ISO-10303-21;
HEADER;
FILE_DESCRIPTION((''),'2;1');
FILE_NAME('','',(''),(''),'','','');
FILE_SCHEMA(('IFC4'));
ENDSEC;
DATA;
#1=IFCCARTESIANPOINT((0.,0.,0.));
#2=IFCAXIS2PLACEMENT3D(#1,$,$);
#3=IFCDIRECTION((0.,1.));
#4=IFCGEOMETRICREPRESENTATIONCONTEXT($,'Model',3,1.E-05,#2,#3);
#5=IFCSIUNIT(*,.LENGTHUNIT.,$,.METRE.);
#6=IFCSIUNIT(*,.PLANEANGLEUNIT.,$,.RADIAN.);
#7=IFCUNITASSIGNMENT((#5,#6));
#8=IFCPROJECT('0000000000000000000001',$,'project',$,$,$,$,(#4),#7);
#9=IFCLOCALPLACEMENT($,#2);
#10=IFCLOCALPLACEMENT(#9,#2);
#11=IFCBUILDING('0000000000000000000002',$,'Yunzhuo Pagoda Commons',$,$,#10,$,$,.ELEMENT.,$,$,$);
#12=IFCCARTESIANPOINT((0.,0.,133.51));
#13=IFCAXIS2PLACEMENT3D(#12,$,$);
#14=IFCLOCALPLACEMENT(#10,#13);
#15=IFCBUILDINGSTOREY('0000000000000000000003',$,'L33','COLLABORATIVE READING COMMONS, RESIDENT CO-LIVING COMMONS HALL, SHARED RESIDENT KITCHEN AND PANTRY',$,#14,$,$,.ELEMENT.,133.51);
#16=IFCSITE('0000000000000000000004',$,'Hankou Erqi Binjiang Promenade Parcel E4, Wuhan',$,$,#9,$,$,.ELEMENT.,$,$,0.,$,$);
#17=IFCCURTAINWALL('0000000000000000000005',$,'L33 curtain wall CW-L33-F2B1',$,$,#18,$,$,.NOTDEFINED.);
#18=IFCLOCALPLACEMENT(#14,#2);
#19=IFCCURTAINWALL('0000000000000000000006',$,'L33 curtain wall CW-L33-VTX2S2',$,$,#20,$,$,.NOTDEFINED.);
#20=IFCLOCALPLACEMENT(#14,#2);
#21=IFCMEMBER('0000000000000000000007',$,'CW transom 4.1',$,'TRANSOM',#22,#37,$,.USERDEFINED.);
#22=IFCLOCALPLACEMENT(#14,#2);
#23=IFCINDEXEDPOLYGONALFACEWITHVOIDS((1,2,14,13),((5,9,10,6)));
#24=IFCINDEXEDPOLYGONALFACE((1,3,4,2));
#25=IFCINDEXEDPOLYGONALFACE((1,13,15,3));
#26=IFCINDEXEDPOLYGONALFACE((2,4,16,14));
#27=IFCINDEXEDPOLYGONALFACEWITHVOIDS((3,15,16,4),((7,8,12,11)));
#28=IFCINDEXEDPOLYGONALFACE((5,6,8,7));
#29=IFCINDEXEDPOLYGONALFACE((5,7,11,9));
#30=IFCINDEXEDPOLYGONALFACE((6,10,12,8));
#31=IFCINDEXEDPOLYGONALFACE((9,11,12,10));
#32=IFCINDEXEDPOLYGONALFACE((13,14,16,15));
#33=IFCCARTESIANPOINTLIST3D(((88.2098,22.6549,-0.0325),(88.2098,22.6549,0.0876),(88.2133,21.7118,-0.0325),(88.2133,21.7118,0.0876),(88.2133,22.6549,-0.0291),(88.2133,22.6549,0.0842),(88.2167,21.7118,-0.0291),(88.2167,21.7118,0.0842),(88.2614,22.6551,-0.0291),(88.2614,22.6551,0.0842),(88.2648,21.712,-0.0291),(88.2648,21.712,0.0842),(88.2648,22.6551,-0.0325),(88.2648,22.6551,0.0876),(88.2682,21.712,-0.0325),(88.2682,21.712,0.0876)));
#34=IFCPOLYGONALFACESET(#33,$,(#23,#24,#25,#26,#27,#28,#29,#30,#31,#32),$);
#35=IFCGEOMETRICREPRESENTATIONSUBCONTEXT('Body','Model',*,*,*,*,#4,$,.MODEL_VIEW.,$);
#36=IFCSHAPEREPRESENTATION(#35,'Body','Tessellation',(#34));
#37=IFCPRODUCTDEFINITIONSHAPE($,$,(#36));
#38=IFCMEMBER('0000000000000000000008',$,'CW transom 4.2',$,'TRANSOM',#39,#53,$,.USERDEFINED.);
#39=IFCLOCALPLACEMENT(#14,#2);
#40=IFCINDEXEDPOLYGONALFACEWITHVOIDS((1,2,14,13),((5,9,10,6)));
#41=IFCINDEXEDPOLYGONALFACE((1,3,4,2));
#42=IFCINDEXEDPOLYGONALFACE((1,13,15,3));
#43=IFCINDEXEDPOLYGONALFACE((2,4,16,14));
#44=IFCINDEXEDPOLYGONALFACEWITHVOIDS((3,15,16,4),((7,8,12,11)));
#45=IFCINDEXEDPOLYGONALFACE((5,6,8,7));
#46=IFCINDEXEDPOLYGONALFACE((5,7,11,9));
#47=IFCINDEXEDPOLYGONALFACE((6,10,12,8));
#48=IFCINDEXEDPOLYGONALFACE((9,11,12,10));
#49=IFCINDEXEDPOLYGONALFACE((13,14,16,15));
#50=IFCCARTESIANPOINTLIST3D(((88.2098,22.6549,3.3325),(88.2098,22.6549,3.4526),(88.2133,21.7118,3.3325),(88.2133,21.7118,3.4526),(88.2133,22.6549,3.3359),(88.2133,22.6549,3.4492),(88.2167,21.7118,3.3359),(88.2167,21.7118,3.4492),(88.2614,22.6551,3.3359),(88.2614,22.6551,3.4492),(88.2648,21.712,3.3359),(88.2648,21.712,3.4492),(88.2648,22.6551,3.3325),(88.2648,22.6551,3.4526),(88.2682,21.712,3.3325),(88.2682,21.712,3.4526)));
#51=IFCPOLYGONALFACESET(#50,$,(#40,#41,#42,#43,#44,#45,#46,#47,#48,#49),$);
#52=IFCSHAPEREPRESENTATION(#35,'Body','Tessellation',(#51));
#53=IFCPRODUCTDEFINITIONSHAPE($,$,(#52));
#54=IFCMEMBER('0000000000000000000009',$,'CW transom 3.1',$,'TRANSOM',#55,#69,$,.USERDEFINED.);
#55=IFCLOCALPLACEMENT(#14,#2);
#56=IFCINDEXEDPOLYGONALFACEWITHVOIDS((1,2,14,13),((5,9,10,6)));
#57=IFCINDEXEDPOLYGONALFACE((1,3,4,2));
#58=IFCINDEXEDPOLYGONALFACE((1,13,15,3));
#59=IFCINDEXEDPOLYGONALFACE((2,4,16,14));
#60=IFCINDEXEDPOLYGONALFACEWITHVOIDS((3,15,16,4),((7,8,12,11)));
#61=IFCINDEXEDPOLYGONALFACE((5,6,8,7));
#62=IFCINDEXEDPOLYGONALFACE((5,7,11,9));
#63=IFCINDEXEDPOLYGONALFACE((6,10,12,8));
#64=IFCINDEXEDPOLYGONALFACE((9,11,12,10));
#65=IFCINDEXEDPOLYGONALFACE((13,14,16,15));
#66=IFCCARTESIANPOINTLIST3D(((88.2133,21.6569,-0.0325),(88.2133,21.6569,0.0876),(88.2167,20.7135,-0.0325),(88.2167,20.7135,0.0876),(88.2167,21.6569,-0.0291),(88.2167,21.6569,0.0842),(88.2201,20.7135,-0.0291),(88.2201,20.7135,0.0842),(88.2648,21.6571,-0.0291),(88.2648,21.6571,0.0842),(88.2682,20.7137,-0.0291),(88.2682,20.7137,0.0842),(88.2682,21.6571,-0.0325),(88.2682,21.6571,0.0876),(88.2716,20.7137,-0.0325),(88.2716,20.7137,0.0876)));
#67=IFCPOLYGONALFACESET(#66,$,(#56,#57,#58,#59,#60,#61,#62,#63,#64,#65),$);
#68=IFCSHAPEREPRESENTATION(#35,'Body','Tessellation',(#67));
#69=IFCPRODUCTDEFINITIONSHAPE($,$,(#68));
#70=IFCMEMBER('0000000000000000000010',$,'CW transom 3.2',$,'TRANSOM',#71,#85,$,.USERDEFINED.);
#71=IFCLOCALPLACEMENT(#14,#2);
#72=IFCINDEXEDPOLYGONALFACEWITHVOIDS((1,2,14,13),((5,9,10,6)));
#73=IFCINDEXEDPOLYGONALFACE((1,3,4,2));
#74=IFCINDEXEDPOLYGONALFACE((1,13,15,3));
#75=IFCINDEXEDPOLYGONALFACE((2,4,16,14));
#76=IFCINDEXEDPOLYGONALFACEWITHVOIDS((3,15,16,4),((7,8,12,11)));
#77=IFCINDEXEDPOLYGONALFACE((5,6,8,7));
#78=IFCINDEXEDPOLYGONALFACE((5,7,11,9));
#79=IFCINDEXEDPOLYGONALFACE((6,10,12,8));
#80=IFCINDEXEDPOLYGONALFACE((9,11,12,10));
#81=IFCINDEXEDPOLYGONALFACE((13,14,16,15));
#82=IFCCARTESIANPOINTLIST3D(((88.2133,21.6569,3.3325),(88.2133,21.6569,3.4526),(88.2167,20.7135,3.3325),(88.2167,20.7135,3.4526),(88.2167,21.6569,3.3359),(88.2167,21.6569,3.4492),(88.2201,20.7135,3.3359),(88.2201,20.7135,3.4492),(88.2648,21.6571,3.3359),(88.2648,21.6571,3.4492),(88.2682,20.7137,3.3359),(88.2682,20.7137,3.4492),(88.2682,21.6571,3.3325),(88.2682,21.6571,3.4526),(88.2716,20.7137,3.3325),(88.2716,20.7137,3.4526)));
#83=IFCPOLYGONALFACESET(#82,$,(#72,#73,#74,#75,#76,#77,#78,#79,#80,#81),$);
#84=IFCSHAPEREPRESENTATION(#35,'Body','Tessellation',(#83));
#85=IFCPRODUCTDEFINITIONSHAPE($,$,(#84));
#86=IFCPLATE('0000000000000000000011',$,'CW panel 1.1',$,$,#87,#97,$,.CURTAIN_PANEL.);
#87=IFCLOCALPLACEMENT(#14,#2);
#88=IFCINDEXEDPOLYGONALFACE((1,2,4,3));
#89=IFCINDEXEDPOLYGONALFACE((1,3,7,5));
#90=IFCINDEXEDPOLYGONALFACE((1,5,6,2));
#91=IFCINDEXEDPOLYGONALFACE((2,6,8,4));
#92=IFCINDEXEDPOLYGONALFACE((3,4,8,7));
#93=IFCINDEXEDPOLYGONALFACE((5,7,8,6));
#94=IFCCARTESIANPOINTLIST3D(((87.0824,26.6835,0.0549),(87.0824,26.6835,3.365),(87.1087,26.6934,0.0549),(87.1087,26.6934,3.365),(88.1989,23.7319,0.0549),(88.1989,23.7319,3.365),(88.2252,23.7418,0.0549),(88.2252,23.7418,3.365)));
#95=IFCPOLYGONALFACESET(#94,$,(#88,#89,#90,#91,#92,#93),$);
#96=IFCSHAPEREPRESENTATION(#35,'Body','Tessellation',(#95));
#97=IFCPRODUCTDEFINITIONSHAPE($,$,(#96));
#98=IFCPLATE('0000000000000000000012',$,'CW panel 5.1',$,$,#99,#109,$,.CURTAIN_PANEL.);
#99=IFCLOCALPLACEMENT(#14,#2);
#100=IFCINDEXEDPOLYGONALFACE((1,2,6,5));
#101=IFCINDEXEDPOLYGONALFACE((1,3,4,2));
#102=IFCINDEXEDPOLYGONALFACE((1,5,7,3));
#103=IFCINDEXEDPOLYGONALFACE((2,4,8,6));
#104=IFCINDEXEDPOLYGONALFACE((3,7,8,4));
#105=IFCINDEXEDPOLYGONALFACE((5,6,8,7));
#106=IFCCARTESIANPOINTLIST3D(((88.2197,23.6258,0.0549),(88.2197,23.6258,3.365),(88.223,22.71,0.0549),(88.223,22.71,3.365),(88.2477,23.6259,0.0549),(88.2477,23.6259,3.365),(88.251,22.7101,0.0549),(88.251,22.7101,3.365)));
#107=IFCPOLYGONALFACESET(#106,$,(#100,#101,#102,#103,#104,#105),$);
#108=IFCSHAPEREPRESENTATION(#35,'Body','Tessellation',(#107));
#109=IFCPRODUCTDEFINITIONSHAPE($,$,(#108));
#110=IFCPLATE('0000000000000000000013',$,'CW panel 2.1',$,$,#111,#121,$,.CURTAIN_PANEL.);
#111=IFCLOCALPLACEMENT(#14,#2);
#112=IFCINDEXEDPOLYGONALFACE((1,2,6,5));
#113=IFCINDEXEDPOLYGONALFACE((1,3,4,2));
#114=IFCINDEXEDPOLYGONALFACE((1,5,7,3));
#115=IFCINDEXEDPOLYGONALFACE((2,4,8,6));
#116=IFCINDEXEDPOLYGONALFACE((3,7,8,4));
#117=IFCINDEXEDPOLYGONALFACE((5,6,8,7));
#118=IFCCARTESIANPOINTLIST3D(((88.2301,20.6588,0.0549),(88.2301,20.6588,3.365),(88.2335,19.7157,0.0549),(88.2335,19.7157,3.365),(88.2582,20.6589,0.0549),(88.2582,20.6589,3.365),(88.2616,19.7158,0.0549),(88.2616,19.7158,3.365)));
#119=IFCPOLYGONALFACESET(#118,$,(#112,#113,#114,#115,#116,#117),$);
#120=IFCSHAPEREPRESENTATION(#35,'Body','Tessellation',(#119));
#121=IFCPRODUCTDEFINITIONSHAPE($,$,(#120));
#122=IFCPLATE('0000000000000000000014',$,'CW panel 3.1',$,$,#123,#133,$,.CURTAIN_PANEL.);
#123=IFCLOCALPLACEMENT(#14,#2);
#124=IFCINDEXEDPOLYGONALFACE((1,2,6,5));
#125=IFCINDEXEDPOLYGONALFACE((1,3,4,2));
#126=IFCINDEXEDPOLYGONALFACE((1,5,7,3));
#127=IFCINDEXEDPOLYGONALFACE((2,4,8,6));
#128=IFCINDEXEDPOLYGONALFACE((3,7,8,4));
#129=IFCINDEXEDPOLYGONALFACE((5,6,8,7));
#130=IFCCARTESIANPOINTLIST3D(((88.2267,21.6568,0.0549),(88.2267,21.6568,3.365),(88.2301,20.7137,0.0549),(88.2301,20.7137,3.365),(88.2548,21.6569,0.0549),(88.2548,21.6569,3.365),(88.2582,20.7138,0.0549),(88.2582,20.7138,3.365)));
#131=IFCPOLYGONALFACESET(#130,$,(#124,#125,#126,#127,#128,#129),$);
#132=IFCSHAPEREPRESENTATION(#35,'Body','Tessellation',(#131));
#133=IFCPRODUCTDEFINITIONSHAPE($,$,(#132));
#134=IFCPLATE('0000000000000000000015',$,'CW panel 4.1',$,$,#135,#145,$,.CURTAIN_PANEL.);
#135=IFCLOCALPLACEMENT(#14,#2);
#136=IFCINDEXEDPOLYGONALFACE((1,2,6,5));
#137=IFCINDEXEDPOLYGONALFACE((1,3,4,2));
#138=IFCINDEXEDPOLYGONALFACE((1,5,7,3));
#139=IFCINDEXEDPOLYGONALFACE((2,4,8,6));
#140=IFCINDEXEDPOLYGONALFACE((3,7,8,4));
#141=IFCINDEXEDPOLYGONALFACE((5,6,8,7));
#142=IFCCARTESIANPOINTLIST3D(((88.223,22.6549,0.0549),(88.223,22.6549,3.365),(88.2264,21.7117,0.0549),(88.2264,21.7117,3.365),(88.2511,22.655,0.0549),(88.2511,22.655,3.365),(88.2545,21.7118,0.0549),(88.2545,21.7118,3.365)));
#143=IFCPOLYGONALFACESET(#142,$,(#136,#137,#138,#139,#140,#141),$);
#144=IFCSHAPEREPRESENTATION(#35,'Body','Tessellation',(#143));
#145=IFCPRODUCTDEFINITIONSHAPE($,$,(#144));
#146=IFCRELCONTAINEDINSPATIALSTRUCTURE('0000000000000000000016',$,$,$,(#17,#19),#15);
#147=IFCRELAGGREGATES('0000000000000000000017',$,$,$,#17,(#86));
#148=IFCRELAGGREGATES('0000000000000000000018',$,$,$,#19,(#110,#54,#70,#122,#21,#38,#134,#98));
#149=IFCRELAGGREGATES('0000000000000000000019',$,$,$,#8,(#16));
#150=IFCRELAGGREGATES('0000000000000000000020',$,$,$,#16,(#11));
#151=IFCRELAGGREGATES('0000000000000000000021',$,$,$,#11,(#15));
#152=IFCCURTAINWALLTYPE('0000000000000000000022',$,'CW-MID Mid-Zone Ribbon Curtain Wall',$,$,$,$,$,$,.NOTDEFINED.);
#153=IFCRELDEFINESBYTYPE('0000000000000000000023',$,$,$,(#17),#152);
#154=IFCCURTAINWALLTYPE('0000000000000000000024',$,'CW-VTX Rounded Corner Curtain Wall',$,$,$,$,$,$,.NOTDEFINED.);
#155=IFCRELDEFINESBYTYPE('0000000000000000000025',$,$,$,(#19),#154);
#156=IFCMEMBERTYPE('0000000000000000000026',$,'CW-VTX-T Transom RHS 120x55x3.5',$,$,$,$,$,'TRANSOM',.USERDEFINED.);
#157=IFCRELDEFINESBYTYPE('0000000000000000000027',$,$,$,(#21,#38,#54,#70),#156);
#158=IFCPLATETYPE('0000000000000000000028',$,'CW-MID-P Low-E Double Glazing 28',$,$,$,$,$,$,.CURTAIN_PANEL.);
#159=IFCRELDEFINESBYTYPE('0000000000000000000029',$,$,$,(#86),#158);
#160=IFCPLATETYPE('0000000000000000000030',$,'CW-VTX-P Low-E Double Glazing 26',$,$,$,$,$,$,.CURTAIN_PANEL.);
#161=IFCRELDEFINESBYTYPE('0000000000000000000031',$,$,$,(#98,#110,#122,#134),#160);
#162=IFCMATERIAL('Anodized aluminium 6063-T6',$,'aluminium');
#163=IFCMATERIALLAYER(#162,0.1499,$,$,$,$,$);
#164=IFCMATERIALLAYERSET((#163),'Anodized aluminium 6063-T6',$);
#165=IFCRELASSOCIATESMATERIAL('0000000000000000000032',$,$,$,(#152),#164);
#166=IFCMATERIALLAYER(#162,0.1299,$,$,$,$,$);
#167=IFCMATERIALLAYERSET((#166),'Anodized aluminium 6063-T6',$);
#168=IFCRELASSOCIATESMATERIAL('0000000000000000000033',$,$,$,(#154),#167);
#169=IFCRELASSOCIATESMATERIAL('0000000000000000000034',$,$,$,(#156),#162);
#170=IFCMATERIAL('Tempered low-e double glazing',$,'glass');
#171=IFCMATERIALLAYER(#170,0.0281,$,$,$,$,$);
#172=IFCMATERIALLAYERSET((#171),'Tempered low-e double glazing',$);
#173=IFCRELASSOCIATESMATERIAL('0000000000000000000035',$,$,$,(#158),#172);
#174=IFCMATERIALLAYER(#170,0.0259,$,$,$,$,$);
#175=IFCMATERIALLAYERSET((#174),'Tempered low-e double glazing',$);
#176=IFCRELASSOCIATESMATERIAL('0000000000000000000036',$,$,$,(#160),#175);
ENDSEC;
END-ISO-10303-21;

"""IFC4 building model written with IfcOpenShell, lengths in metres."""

from ifc_helpers import new_model, si_unit, direction, frame, origin, origin_2d, place, context, subcontext, project, spatial, rectangle, hollow_rectangle, extrude, source, transform, mapped, material, layer, layer_set, material_profile, profile_set, type_object, element, aggregate, save


model = new_model("IFC4")

# Units and contexts
model_context = context("Model", 3, precision=1e-05, world=origin(), true_north=direction((0.0, 1.0)))
body_context = subcontext(model_context, "Body", "Model", "MODEL_VIEW")
ifc_project = project(units=[si_unit("LENGTHUNIT", "METRE"), si_unit("PLANEANGLEUNIT", "RADIAN")], contexts=[model_context])

# Site, building, storey
site_placement = place(None, origin())
site = spatial("IfcSite", under=ifc_project, at=site_placement, Name="Hankou Erqi Binjiang Promenade Parcel E4, Wuhan", CompositionType="ELEMENT", RefElevation=0.0)
building_placement = place(site_placement, origin())
building = spatial("IfcBuilding", under=site, at=building_placement, Name="Yunzhuo Pagoda Commons", CompositionType="ELEMENT")
storey_placement = place(building_placement, frame((0.0, 0.0, 133.51)))
storey = spatial("IfcBuildingStorey", under=building, at=storey_placement, Name="L33", Description="COLLABORATIVE READING COMMONS, RESIDENT CO-LIVING COMMONS HALL, SHARED RESIDENT KITCHEN AND PANTRY", CompositionType="ELEMENT", Elevation=133.51)

# Shared definitions
ifc_material_1 = material(Name="Anodized aluminium 6063-T6", Category="aluminium")
ifc_layer_1 = layer(ifc_material_1, 0.1499)
ifc_layer_set_1 = layer_set([ifc_layer_1], Name="Anodized aluminium 6063-T6")
curtain_wall_type_1 = type_object("IfcCurtainWallType", Name="CW-MID Mid-Zone Ribbon Curtain Wall", PredefinedType="NOTDEFINED", material=ifc_layer_set_1)

# Curtain wall
curtain_wall_1_placement = place(storey_placement, origin())
curtain_wall_1 = element("IfcCurtainWall", 1, at=curtain_wall_1_placement, inside=storey, type_object=curtain_wall_type_1, Name="L33 curtain wall CW-L33-F2B1", PredefinedType="NOTDEFINED")

# Curtain wall, members
ifc_layer_2 = layer(ifc_material_1, 0.1299)
ifc_layer_set_2 = layer_set([ifc_layer_2], Name="Anodized aluminium 6063-T6")
curtain_wall_type_2 = type_object("IfcCurtainWallType", Name="CW-VTX Rounded Corner Curtain Wall", PredefinedType="NOTDEFINED", material=ifc_layer_set_2)
curtain_wall_2_placement = place(storey_placement, origin())
curtain_wall_2 = element("IfcCurtainWall", 2, at=curtain_wall_2_placement, inside=storey, type_object=curtain_wall_type_2, Name="L33 curtain wall CW-L33-VTX2S2", PredefinedType="NOTDEFINED")
ifc_material_profile_1 = material_profile(ifc_material_1, hollow_rectangle(XDim=0.0549, YDim=0.1201, WallThickness=0.0034, at=origin_2d()), Name="Anodized aluminium 6063-T6")
ifc_profile_set_1 = profile_set([ifc_material_profile_1], Name="Anodized aluminium 6063-T6")
member_type_1 = type_object("IfcMemberType", Name="CW-VTX-T Transom RHS 120x55x3.5", ElementType="TRANSOM", PredefinedType="USERDEFINED", material=ifc_profile_set_1)
shared_shape_1 = source(origin(), body_context, "Body", "SweptSolid", [
    extrude(hollow_rectangle(XDim=0.0549, YDim=0.1201, WallThickness=0.0034, at=origin_2d()), origin(), (0.0, 0.0, 1.0), 0.9431),
])
member_1_placement = place(storey_placement, frame((88.2407, 21.7119, 0.0276), z_axis=(-0.003624, 0.999993, 0.0), x_axis=(-0.999993, -0.003624, 0.0)))
member_1 = element("IfcMember", 3, at=member_1_placement, type_object=member_type_1, Name="CW transom 4.1", ObjectType="TRANSOM", PredefinedType="USERDEFINED", context=body_context, shape_type="MappedRepresentation", body=[
    mapped(shared_shape_1, transform((0.0, 0.0, 0.0), scale=1.0)),
])
member_2_placement = place(storey_placement, frame((88.2407, 21.7119, 3.3926), z_axis=(-0.003624, 0.999993, 0.0), x_axis=(-0.999993, -0.003624, 0.0)))
member_2 = element("IfcMember", 4, at=member_2_placement, type_object=member_type_1, Name="CW transom 4.2", ObjectType="TRANSOM", PredefinedType="USERDEFINED", context=body_context, shape_type="MappedRepresentation", body=[
    mapped(shared_shape_1, transform((0.0, 0.0, 0.0), scale=1.0)),
])
shared_shape_2 = source(origin(), body_context, "Body", "SweptSolid", [
    extrude(hollow_rectangle(XDim=0.0549, YDim=0.1201, WallThickness=0.0034, at=origin_2d()), origin(), (0.0, 0.0, 1.0), 0.9434),
])
member_3_placement = place(storey_placement, frame((88.2441, 20.7136, 0.0276), z_axis=(-0.003623, 0.999993, 0.0), x_axis=(-0.999993, -0.003623, 0.0)))
member_3 = element("IfcMember", 5, at=member_3_placement, type_object=member_type_1, Name="CW transom 3.1", ObjectType="TRANSOM", PredefinedType="USERDEFINED", context=body_context, shape_type="MappedRepresentation", body=[
    mapped(shared_shape_2, transform((0.0, 0.0, 0.0), scale=1.0)),
])
member_4_placement = place(storey_placement, frame((88.2441, 20.7136, 3.3926), z_axis=(-0.003623, 0.999993, 0.0), x_axis=(-0.999993, -0.003623, 0.0)))
member_4 = element("IfcMember", 6, at=member_4_placement, type_object=member_type_1, Name="CW transom 3.2", ObjectType="TRANSOM", PredefinedType="USERDEFINED", context=body_context, shape_type="MappedRepresentation", body=[
    mapped(shared_shape_2, transform((0.0, 0.0, 0.0), scale=1.0)),
])

# Plates
ifc_material_2 = material(Name="Tempered low-e double glazing", Category="glass")
ifc_layer_3 = layer(ifc_material_2, 0.0281)
ifc_layer_set_3 = layer_set([ifc_layer_3], Name="Tempered low-e double glazing")
plate_type_1 = type_object("IfcPlateType", Name="CW-MID-P Low-E Double Glazing 28", PredefinedType="CURTAIN_PANEL", material=ifc_layer_set_3)
shared_shape_3 = source(origin(), body_context, "Body", "SweptSolid", [
    extrude(rectangle(XDim=3.1558, YDim=0.0281, at=origin_2d()), origin(), (0.0, 0.0, 1.0), 3.3101),
])
plate_1_placement = place(storey_placement, frame((87.6538, 25.2126, 0.0549), z_axis=(0.0, 0.0, 1.0), x_axis=(-0.353798, 0.935322, 0.0)))
plate_1 = element("IfcPlate", 7, at=plate_1_placement, type_object=plate_type_1, Name="CW panel 1.1", PredefinedType="CURTAIN_PANEL", context=body_context, shape_type="MappedRepresentation", body=[
    mapped(shared_shape_3, transform((0.0, 0.0, 0.0), scale=1.0)),
])
aggregate(curtain_wall_1, [plate_1])
ifc_layer_4 = layer(ifc_material_2, 0.0259)
ifc_layer_set_4 = layer_set([ifc_layer_4], Name="Tempered low-e double glazing")
plate_type_2 = type_object("IfcPlateType", Name="CW-VTX-P Low-E Double Glazing 26", PredefinedType="CURTAIN_PANEL", material=ifc_layer_set_4)
shared_shape_4 = source(origin(), body_context, "Body", "SweptSolid", [
    extrude(rectangle(XDim=0.9158, YDim=0.0281, at=origin_2d()), origin(), (0.0, 0.0, 1.0), 3.3101),
])
plate_2_placement = place(storey_placement, frame((88.2354, 23.168, 0.0549), z_axis=(0.0, 0.0, 1.0), x_axis=(-0.003587, 0.999994, 0.0)))
plate_2 = element("IfcPlate", 8, at=plate_2_placement, type_object=plate_type_2, Name="CW panel 5.1", PredefinedType="CURTAIN_PANEL", context=body_context, shape_type="MappedRepresentation", body=[
    mapped(shared_shape_4, transform((0.0, 0.0, 0.0), scale=1.0)),
])
shared_shape_5 = source(origin(), body_context, "Body", "SweptSolid", [
    extrude(rectangle(XDim=0.9431, YDim=0.0281, at=origin_2d()), origin(), (0.0, 0.0, 1.0), 3.3101),
])
plate_3_placement = place(storey_placement, frame((88.2458, 20.1873, 0.0549), z_axis=(0.0, 0.0, 1.0), x_axis=(-0.003587, 0.999994, 0.0)))
plate_3 = element("IfcPlate", 9, at=plate_3_placement, type_object=plate_type_2, Name="CW panel 2.1", PredefinedType="CURTAIN_PANEL", context=body_context, shape_type="MappedRepresentation", body=[
    mapped(shared_shape_5, transform((0.0, 0.0, 0.0), scale=1.0)),
])
plate_4_placement = place(storey_placement, frame((88.2424, 21.1853, 0.0549), z_axis=(0.0, 0.0, 1.0), x_axis=(-0.003587, 0.999994, 0.0)))
plate_4 = element("IfcPlate", 10, at=plate_4_placement, type_object=plate_type_2, Name="CW panel 3.1", PredefinedType="CURTAIN_PANEL", context=body_context, shape_type="MappedRepresentation", body=[
    mapped(shared_shape_5, transform((0.0, 0.0, 0.0), scale=1.0)),
])
plate_5_placement = place(storey_placement, frame((88.2388, 22.1833, 0.0549), z_axis=(0.0, 0.0, 1.0), x_axis=(-0.003587, 0.999994, 0.0)))
plate_5 = element("IfcPlate", 11, at=plate_5_placement, type_object=plate_type_2, Name="CW panel 4.1", PredefinedType="CURTAIN_PANEL", context=body_context, shape_type="MappedRepresentation", body=[
    mapped(shared_shape_5, transform((0.0, 0.0, 0.0), scale=1.0)),
])
aggregate(curtain_wall_2, [plate_3, member_3, member_4, plate_4, member_1, member_2, plate_5, plate_2])

save(model, "model.ifc")
